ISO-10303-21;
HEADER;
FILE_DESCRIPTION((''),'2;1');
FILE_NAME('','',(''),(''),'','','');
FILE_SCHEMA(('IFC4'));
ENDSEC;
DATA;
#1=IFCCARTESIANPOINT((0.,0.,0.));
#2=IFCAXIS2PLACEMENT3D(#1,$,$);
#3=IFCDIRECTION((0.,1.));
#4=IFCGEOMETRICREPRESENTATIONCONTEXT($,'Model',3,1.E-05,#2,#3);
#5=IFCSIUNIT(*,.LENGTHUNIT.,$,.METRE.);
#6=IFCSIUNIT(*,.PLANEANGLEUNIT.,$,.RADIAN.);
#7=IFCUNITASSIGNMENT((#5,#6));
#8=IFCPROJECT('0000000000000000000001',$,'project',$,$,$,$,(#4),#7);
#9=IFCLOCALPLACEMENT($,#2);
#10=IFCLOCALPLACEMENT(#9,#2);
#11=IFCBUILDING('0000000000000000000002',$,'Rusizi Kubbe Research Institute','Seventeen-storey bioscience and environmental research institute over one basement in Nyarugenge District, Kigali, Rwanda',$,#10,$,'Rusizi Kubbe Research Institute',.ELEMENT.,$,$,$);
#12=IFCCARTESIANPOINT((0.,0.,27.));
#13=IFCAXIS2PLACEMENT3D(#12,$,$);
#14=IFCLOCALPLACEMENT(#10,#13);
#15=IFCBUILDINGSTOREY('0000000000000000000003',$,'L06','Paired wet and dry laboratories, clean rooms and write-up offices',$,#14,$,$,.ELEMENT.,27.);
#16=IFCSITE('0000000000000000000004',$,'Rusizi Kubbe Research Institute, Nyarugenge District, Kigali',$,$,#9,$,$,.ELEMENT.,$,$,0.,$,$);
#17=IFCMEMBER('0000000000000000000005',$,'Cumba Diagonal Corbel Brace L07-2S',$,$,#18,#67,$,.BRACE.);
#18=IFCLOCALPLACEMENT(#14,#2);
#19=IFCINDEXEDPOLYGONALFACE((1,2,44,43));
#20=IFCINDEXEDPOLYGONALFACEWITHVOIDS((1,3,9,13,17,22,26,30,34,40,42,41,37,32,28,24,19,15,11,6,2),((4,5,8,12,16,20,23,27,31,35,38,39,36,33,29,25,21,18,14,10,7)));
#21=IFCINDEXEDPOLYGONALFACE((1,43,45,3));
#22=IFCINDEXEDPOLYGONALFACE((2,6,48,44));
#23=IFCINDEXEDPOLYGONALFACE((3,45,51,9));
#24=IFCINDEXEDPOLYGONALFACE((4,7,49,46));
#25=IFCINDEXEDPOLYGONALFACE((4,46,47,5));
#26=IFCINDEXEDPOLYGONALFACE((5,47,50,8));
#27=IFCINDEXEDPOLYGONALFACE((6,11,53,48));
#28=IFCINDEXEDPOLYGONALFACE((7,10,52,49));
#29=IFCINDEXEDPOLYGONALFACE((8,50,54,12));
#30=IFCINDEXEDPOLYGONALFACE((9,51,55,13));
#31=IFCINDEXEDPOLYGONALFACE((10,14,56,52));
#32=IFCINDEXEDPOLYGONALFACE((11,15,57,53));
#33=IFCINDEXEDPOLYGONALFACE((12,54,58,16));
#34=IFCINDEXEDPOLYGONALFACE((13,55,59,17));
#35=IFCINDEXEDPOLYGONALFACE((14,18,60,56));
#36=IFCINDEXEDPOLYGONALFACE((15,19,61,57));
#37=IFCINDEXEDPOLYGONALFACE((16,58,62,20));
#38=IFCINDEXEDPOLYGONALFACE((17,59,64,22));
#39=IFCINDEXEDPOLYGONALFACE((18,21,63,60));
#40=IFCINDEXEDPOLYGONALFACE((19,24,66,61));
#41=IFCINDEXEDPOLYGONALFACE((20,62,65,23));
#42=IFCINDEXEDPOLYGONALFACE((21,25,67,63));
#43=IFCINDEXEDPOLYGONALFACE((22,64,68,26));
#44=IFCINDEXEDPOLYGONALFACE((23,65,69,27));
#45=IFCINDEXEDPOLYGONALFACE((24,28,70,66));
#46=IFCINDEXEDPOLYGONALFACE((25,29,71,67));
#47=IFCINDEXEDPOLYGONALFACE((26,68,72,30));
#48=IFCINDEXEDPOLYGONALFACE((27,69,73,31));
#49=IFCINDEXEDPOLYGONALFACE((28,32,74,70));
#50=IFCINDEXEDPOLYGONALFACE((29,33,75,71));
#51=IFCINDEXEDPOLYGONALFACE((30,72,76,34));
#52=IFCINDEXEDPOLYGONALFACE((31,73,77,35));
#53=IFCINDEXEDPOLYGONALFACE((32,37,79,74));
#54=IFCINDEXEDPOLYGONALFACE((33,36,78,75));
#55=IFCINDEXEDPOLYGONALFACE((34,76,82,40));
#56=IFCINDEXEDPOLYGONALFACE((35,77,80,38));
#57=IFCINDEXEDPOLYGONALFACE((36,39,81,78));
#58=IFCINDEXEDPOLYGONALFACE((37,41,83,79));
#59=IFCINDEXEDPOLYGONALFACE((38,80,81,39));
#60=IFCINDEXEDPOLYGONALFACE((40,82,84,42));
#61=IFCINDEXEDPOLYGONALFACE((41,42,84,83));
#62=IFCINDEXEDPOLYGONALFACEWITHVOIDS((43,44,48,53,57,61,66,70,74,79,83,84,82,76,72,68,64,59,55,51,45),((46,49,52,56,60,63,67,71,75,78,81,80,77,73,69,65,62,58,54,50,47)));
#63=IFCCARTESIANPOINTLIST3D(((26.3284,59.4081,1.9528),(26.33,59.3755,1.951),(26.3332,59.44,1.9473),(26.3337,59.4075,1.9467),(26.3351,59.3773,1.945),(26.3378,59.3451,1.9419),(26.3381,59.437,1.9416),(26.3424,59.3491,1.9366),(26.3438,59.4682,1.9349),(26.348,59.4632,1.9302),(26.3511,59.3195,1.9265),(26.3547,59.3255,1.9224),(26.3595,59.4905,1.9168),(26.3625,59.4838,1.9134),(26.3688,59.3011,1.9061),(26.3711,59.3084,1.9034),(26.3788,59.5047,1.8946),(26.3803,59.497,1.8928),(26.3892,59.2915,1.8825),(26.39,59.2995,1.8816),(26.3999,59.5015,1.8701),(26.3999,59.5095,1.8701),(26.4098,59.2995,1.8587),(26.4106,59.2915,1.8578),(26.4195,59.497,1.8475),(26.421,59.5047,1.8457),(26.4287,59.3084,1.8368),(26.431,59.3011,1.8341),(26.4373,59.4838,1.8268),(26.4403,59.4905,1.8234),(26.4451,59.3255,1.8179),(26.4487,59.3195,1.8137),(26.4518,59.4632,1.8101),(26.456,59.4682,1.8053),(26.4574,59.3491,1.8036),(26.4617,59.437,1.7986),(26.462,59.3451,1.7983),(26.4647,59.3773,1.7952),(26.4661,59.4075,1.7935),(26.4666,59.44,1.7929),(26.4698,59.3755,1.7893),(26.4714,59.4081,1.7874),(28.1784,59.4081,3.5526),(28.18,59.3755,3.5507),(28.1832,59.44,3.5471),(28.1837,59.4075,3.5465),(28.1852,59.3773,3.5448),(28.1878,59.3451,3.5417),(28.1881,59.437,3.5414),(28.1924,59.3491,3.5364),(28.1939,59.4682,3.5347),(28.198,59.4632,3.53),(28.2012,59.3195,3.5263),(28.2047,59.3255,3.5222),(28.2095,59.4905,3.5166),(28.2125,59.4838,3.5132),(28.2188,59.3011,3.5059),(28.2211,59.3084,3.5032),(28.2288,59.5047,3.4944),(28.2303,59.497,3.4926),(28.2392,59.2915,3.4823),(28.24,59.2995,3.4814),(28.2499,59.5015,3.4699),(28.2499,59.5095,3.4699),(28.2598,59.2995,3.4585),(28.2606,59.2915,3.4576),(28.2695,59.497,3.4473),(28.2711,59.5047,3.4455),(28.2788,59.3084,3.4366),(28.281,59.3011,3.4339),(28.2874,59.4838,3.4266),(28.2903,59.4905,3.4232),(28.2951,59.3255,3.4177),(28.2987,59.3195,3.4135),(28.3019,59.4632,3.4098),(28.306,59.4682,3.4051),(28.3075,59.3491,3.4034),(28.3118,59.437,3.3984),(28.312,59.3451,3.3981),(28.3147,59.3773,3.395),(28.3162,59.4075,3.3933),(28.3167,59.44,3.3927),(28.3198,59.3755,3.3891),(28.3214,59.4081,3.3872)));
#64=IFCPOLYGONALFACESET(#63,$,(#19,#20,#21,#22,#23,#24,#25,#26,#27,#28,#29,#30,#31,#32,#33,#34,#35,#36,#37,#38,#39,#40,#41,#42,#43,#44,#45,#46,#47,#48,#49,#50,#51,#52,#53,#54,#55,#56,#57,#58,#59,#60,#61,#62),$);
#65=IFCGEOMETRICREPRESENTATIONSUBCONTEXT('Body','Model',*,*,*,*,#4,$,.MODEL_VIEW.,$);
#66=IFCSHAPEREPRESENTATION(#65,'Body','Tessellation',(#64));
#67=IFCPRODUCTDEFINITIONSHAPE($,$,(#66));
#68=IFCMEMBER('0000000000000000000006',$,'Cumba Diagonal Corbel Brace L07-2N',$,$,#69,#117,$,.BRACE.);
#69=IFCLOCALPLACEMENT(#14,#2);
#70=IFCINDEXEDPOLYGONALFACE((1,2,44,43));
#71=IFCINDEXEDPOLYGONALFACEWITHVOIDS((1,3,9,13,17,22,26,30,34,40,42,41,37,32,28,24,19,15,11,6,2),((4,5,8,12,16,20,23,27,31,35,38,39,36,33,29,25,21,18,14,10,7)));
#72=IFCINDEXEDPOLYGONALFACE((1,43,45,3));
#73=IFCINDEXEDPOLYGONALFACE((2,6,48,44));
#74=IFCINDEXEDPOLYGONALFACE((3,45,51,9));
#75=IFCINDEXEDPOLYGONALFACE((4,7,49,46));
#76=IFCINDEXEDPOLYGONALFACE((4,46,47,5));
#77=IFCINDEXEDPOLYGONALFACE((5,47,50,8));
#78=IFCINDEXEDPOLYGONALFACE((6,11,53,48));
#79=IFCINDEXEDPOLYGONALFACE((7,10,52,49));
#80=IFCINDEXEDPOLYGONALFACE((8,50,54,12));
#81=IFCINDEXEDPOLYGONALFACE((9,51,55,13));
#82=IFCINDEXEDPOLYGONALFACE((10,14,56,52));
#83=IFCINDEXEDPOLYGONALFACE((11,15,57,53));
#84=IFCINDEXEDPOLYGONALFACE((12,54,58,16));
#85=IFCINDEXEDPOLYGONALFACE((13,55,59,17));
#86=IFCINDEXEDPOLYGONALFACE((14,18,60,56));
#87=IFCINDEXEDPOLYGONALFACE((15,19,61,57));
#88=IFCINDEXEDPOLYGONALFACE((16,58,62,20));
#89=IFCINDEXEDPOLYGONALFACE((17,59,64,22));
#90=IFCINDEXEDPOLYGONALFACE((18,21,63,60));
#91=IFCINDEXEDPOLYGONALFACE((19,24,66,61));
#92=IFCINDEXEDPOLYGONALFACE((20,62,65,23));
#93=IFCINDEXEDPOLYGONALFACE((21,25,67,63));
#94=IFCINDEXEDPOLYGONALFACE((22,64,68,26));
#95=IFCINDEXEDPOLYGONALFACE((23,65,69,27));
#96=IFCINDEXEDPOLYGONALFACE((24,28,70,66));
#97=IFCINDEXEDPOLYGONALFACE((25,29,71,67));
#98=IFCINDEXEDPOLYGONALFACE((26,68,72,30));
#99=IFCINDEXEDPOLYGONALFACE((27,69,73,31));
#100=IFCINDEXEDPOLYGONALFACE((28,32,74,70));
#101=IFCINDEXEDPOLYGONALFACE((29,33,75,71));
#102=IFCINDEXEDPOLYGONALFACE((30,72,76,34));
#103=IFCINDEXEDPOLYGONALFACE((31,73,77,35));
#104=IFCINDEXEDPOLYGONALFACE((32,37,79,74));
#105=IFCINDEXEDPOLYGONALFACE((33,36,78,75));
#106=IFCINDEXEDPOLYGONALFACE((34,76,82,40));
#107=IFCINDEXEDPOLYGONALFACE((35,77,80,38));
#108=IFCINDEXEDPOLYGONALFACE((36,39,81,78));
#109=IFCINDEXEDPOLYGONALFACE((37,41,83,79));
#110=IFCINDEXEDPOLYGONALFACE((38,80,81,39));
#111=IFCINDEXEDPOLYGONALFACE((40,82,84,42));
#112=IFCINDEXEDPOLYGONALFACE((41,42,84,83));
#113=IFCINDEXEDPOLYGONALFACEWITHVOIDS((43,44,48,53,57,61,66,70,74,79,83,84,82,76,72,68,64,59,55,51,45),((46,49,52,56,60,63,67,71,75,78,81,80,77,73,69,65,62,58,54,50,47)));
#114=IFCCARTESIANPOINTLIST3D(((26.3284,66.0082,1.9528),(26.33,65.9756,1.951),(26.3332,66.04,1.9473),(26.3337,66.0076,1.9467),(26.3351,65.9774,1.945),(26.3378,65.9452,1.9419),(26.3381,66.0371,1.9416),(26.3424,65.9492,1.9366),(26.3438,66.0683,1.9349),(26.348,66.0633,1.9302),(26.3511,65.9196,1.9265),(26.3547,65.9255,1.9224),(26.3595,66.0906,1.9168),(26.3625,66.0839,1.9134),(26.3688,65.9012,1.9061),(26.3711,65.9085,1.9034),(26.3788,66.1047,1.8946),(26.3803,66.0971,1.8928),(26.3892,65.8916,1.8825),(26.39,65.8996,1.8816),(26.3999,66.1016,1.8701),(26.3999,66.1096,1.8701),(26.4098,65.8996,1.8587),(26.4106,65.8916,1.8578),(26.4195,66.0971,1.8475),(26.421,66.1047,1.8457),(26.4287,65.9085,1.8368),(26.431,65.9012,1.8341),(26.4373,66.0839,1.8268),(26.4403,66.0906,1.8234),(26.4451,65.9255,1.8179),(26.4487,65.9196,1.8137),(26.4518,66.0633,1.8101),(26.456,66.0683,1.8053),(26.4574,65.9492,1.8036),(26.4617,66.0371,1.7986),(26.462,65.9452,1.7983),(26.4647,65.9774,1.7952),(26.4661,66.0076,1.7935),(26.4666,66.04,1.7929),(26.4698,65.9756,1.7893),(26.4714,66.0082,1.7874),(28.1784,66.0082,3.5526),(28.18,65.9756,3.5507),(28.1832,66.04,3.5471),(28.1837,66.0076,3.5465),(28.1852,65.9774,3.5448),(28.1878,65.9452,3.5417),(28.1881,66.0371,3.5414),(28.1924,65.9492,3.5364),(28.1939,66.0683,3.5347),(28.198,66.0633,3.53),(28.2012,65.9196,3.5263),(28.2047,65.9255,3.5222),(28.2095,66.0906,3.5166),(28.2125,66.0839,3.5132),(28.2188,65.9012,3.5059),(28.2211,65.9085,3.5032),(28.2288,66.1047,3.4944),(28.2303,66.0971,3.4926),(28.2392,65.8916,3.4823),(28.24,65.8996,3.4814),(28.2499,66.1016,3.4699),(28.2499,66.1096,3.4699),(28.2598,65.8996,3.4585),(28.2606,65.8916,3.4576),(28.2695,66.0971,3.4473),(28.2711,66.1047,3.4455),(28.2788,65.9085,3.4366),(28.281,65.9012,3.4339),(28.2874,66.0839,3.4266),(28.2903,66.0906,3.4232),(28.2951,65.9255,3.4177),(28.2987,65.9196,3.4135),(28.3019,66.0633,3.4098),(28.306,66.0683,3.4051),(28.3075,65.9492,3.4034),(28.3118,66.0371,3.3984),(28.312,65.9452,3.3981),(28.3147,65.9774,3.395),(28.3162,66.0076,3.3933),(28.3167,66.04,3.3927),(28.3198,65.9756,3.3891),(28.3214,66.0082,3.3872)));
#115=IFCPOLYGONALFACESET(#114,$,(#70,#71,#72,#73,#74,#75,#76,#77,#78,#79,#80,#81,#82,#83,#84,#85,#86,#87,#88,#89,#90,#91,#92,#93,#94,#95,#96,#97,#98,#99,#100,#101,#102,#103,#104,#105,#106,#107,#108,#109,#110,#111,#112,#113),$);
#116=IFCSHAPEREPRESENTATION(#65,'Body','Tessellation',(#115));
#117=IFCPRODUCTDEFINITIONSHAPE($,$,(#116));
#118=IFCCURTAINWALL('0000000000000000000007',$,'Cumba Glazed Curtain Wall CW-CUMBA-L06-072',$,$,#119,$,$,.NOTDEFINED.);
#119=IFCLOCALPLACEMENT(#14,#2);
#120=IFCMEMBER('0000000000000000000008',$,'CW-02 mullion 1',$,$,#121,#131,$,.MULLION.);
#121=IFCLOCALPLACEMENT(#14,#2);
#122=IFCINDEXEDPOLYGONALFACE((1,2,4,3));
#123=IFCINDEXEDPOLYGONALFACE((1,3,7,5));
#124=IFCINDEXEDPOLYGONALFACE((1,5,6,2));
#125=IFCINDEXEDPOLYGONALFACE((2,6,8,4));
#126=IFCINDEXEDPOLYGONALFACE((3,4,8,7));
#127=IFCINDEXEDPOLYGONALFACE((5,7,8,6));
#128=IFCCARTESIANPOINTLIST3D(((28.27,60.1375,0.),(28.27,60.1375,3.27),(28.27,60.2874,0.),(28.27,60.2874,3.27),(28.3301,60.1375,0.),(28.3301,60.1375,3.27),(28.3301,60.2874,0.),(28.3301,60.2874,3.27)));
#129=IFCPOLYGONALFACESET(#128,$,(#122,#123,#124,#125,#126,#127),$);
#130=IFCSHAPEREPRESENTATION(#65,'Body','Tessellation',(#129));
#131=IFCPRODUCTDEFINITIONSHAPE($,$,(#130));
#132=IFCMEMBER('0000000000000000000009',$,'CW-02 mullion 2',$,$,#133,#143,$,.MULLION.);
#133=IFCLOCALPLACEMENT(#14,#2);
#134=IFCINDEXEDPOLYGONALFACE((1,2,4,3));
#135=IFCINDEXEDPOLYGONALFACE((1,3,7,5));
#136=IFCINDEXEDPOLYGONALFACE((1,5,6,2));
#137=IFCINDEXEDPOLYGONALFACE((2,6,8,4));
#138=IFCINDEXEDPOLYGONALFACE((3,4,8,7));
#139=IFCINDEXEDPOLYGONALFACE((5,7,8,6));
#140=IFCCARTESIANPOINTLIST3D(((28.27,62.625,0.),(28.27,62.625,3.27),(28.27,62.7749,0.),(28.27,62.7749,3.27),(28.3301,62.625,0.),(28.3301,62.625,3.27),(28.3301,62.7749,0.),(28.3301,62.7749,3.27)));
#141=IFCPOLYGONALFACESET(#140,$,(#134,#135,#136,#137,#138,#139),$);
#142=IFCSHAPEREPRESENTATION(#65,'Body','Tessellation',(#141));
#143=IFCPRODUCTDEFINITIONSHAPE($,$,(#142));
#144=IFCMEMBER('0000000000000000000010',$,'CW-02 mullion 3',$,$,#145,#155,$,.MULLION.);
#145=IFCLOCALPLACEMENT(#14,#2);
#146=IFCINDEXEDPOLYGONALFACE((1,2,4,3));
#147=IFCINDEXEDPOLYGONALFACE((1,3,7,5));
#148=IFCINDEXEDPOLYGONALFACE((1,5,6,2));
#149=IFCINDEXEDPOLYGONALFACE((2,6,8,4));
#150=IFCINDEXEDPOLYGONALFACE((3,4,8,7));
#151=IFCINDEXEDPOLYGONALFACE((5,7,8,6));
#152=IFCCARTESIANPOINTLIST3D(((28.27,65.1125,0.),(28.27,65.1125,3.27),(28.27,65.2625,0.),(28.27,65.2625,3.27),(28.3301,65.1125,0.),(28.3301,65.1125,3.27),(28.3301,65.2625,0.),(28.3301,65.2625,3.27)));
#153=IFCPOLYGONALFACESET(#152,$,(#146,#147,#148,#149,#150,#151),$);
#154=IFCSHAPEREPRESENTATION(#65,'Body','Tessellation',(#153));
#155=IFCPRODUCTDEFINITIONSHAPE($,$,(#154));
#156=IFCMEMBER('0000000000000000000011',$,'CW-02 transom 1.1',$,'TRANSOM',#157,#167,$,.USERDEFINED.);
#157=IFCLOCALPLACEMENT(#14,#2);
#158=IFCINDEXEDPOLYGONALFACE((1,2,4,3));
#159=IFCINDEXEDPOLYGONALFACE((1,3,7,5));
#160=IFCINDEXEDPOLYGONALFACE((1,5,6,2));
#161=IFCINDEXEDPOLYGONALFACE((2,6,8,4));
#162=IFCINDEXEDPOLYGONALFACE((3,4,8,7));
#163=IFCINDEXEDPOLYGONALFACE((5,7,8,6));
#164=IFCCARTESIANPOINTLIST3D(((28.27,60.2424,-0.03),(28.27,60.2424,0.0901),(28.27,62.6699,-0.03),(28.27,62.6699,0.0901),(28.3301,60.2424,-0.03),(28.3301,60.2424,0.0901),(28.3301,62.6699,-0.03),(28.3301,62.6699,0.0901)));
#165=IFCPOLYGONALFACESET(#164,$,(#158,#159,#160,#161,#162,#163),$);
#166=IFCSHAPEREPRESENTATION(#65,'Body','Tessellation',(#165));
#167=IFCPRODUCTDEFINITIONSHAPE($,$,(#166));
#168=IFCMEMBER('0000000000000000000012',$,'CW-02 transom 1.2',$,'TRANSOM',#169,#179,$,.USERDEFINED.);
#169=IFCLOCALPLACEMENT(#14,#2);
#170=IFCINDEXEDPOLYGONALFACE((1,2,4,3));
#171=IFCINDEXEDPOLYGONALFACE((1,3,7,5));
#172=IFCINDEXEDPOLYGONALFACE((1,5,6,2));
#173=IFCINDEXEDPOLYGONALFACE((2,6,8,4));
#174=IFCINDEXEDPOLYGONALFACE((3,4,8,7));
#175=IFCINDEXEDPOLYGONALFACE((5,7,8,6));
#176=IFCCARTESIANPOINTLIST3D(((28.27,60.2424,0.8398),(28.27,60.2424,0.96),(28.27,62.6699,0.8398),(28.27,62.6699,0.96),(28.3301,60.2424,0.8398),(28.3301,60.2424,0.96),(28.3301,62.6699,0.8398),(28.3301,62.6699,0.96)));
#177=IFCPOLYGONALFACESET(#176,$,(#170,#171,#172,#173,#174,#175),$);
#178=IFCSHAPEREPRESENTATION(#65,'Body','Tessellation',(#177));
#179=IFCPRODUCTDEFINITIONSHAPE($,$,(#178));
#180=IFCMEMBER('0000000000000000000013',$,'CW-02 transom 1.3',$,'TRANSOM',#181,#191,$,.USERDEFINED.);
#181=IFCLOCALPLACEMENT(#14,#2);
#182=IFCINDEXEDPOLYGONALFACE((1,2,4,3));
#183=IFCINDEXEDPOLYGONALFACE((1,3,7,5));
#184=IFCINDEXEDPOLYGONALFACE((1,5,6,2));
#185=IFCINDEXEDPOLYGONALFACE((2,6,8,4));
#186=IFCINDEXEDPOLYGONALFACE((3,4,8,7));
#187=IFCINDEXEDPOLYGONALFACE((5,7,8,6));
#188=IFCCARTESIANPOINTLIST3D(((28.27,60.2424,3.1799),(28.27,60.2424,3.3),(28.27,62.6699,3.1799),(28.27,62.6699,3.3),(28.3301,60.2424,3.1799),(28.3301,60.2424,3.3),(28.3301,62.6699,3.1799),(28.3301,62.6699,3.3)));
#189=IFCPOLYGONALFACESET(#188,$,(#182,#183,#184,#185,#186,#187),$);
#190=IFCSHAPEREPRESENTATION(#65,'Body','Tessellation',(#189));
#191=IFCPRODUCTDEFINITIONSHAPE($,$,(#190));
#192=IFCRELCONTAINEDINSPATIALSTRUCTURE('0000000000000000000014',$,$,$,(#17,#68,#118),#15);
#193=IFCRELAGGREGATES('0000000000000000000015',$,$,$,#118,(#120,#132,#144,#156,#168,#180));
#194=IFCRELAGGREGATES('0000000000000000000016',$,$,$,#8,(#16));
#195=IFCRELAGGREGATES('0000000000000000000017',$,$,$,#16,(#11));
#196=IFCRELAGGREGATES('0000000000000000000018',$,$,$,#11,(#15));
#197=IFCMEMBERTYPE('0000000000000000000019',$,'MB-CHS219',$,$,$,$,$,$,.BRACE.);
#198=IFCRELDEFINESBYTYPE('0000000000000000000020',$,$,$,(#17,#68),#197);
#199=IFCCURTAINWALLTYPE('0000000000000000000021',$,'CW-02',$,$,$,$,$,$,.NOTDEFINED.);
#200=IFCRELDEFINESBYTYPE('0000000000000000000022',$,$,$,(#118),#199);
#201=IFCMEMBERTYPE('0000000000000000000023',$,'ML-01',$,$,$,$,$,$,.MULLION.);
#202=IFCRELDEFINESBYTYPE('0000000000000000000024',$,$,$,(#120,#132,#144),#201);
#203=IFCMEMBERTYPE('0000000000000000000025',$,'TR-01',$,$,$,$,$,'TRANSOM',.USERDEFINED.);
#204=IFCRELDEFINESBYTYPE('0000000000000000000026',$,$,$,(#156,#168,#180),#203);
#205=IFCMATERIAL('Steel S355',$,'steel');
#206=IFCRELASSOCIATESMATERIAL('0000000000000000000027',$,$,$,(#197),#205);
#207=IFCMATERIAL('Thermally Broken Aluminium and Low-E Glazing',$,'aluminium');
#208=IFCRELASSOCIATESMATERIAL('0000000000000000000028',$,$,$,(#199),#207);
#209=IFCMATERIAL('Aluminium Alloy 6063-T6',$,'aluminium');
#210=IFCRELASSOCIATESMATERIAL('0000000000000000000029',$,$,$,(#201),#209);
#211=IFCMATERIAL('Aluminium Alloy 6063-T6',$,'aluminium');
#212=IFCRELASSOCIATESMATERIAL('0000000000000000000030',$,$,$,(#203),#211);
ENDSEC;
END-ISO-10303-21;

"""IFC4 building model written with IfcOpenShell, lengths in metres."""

from ifc_helpers import new_model, si_unit, direction, frame, origin, origin_2d, place, context, subcontext, project, spatial, rectangle, hollow_circle, extrude, material, material_profile, profile_set, type_object, element, aggregate, save


model = new_model("IFC4")

# Units and contexts
model_context = context("Model", 3, precision=1e-05, world=origin(), true_north=direction((0.0, 1.0)))
body_context = subcontext(model_context, "Body", "Model", "MODEL_VIEW")
ifc_project = project(units=[si_unit("LENGTHUNIT", "METRE"), si_unit("PLANEANGLEUNIT", "RADIAN")], contexts=[model_context])

# Site, building, storey
site_placement = place(None, origin())
site = spatial("IfcSite", under=ifc_project, at=site_placement, Name="Rusizi Kubbe Research Institute, Nyarugenge District, Kigali", CompositionType="ELEMENT", RefElevation=0.0)
building_placement = place(site_placement, origin())
building = spatial("IfcBuilding", under=site, at=building_placement, Name="Rusizi Kubbe Research Institute", Description="Seventeen-storey bioscience and environmental research institute over one basement in Nyarugenge District, Kigali, Rwanda", LongName="Rusizi Kubbe Research Institute", CompositionType="ELEMENT")
storey_placement = place(building_placement, frame((0.0, 0.0, 27.0)))
storey = spatial("IfcBuildingStorey", under=building, at=storey_placement, Name="L06", Description="Paired wet and dry laboratories, clean rooms and write-up offices", CompositionType="ELEMENT", Elevation=27.0)

# Members
ifc_material_1 = material(Name="Steel S355", Category="steel")
ifc_material_profile_1 = material_profile(ifc_material_1, hollow_circle(Radius=0.1096, WallThickness=0.0081, at=origin_2d()), Name="CHS 219.1x8.0")
ifc_profile_set_1 = profile_set([ifc_material_profile_1], Name="Steel S355")
member_type_1 = type_object("IfcMemberType", Name="MB-CHS219", PredefinedType="BRACE", material=ifc_profile_set_1)
for number, where, z_axis, x_axis, name in (
    (1, (26.3999, 59.3999, 1.8701), (0.75641, 0.0, 0.654098), (0.0, 1.0, 0.0), "Cumba Diagonal Corbel Brace L07-2S"),
    (2, (26.3999, 66.0, 1.8701), (0.75641, 0.0, 0.654098), (0.0, 1.0, 0.0), "Cumba Diagonal Corbel Brace L07-2N"),
):
    element("IfcMember", number, at=place(storey_placement, frame(where, z_axis=z_axis, x_axis=x_axis)), inside=storey, type_object=member_type_1, Name=name, PredefinedType="BRACE", context=body_context, shape_type="SweptSolid", body=[
        extrude(hollow_circle(Radius=0.1096, WallThickness=0.0081, at=origin_2d()), origin(), (0.0, 0.0, 1.0), 2.4458),
    ])

# Curtain wall, members
ifc_material_2 = material(Name="Thermally Broken Aluminium and Low-E Glazing", Category="aluminium")
curtain_wall_type = type_object("IfcCurtainWallType", Name="CW-02", PredefinedType="NOTDEFINED", material=ifc_material_2)
curtain_wall_placement = place(storey_placement, origin())
curtain_wall = element("IfcCurtainWall", 3, at=curtain_wall_placement, inside=storey, type_object=curtain_wall_type, Name="Cumba Glazed Curtain Wall CW-CUMBA-L06-072", PredefinedType="NOTDEFINED")
ifc_material_3 = material(Name="Aluminium Alloy 6063-T6", Category="aluminium")
ifc_material_profile_2 = material_profile(ifc_material_3, rectangle(XDim=0.0601, YDim=0.1499, at=origin_2d()), Name="ALU-M 60x150")
ifc_profile_set_2 = profile_set([ifc_material_profile_2], Name="Aluminium Alloy 6063-T6")
member_type_2 = type_object("IfcMemberType", Name="ML-01", PredefinedType="MULLION", material=ifc_profile_set_2)
member_1_placement = place(storey_placement, frame((28.3, 60.2124, 0.0), z_axis=(0.0, 0.0, 1.0), x_axis=(-1.0, 0.0, 0.0)))
member_1 = element("IfcMember", 4, at=member_1_placement, type_object=member_type_2, Name="CW-02 mullion 1", PredefinedType="MULLION", context=body_context, shape_type="SweptSolid", body=[
    extrude(rectangle(XDim=0.0601, YDim=0.1499, at=origin_2d()), origin(), (0.0, 0.0, 1.0), 3.27),
])
member_2_placement = place(storey_placement, frame((28.3, 62.7, 0.0), z_axis=(0.0, 0.0, 1.0), x_axis=(-1.0, 0.0, 0.0)))
member_2 = element("IfcMember", 5, at=member_2_placement, type_object=member_type_2, Name="CW-02 mullion 2", PredefinedType="MULLION", context=body_context, shape_type="SweptSolid", body=[
    extrude(rectangle(XDim=0.0601, YDim=0.1499, at=origin_2d()), origin(), (0.0, 0.0, 1.0), 3.27),
])
member_3_placement = place(storey_placement, frame((28.3, 65.1875, 0.0), z_axis=(0.0, 0.0, 1.0), x_axis=(-1.0, 0.0, 0.0)))
member_3 = element("IfcMember", 6, at=member_3_placement, type_object=member_type_2, Name="CW-02 mullion 3", PredefinedType="MULLION", context=body_context, shape_type="SweptSolid", body=[
    extrude(rectangle(XDim=0.0601, YDim=0.1499, at=origin_2d()), origin(), (0.0, 0.0, 1.0), 3.27),
])
ifc_material_4 = material(Name="Aluminium Alloy 6063-T6", Category="aluminium")
ifc_material_profile_3 = material_profile(ifc_material_4, rectangle(XDim=0.0601, YDim=0.1201, at=origin_2d()), Name="ALU-T 60x120")
ifc_profile_set_3 = profile_set([ifc_material_profile_3], Name="Aluminium Alloy 6063-T6")
member_type_3 = type_object("IfcMemberType", Name="TR-01", ElementType="TRANSOM", PredefinedType="USERDEFINED", material=ifc_profile_set_3)
member_4_placement = place(storey_placement, frame((28.3, 60.2424, 0.03), z_axis=(0.0, 1.0, 0.0), x_axis=(-1.0, 0.0, 0.0)))
member_4 = element("IfcMember", 7, at=member_4_placement, type_object=member_type_3, Name="CW-02 transom 1.1", ObjectType="TRANSOM", PredefinedType="USERDEFINED", context=body_context, shape_type="SweptSolid", body=[
    extrude(rectangle(XDim=0.0601, YDim=0.1201, at=origin_2d()), origin(), (0.0, 0.0, 1.0), 2.4275),
])
member_5_placement = place(storey_placement, frame((28.3, 60.2424, 0.8999), z_axis=(0.0, 1.0, 0.0), x_axis=(-1.0, 0.0, 0.0)))
member_5 = element("IfcMember", 8, at=member_5_placement, type_object=member_type_3, Name="CW-02 transom 1.2", ObjectType="TRANSOM", PredefinedType="USERDEFINED", context=body_context, shape_type="SweptSolid", body=[
    extrude(rectangle(XDim=0.0601, YDim=0.1201, at=origin_2d()), origin(), (0.0, 0.0, 1.0), 2.4275),
])
member_6_placement = place(storey_placement, frame((28.3, 60.2424, 3.24), z_axis=(0.0, 1.0, 0.0), x_axis=(-1.0, 0.0, 0.0)))
member_6 = element("IfcMember", 9, at=member_6_placement, type_object=member_type_3, Name="CW-02 transom 1.3", ObjectType="TRANSOM", PredefinedType="USERDEFINED", context=body_context, shape_type="SweptSolid", body=[
    extrude(rectangle(XDim=0.0601, YDim=0.1201, at=origin_2d()), origin(), (0.0, 0.0, 1.0), 2.4275),
])

aggregate(curtain_wall, [member_1, member_2, member_3, member_4, member_5, member_6])

save(model, "model.ifc")
